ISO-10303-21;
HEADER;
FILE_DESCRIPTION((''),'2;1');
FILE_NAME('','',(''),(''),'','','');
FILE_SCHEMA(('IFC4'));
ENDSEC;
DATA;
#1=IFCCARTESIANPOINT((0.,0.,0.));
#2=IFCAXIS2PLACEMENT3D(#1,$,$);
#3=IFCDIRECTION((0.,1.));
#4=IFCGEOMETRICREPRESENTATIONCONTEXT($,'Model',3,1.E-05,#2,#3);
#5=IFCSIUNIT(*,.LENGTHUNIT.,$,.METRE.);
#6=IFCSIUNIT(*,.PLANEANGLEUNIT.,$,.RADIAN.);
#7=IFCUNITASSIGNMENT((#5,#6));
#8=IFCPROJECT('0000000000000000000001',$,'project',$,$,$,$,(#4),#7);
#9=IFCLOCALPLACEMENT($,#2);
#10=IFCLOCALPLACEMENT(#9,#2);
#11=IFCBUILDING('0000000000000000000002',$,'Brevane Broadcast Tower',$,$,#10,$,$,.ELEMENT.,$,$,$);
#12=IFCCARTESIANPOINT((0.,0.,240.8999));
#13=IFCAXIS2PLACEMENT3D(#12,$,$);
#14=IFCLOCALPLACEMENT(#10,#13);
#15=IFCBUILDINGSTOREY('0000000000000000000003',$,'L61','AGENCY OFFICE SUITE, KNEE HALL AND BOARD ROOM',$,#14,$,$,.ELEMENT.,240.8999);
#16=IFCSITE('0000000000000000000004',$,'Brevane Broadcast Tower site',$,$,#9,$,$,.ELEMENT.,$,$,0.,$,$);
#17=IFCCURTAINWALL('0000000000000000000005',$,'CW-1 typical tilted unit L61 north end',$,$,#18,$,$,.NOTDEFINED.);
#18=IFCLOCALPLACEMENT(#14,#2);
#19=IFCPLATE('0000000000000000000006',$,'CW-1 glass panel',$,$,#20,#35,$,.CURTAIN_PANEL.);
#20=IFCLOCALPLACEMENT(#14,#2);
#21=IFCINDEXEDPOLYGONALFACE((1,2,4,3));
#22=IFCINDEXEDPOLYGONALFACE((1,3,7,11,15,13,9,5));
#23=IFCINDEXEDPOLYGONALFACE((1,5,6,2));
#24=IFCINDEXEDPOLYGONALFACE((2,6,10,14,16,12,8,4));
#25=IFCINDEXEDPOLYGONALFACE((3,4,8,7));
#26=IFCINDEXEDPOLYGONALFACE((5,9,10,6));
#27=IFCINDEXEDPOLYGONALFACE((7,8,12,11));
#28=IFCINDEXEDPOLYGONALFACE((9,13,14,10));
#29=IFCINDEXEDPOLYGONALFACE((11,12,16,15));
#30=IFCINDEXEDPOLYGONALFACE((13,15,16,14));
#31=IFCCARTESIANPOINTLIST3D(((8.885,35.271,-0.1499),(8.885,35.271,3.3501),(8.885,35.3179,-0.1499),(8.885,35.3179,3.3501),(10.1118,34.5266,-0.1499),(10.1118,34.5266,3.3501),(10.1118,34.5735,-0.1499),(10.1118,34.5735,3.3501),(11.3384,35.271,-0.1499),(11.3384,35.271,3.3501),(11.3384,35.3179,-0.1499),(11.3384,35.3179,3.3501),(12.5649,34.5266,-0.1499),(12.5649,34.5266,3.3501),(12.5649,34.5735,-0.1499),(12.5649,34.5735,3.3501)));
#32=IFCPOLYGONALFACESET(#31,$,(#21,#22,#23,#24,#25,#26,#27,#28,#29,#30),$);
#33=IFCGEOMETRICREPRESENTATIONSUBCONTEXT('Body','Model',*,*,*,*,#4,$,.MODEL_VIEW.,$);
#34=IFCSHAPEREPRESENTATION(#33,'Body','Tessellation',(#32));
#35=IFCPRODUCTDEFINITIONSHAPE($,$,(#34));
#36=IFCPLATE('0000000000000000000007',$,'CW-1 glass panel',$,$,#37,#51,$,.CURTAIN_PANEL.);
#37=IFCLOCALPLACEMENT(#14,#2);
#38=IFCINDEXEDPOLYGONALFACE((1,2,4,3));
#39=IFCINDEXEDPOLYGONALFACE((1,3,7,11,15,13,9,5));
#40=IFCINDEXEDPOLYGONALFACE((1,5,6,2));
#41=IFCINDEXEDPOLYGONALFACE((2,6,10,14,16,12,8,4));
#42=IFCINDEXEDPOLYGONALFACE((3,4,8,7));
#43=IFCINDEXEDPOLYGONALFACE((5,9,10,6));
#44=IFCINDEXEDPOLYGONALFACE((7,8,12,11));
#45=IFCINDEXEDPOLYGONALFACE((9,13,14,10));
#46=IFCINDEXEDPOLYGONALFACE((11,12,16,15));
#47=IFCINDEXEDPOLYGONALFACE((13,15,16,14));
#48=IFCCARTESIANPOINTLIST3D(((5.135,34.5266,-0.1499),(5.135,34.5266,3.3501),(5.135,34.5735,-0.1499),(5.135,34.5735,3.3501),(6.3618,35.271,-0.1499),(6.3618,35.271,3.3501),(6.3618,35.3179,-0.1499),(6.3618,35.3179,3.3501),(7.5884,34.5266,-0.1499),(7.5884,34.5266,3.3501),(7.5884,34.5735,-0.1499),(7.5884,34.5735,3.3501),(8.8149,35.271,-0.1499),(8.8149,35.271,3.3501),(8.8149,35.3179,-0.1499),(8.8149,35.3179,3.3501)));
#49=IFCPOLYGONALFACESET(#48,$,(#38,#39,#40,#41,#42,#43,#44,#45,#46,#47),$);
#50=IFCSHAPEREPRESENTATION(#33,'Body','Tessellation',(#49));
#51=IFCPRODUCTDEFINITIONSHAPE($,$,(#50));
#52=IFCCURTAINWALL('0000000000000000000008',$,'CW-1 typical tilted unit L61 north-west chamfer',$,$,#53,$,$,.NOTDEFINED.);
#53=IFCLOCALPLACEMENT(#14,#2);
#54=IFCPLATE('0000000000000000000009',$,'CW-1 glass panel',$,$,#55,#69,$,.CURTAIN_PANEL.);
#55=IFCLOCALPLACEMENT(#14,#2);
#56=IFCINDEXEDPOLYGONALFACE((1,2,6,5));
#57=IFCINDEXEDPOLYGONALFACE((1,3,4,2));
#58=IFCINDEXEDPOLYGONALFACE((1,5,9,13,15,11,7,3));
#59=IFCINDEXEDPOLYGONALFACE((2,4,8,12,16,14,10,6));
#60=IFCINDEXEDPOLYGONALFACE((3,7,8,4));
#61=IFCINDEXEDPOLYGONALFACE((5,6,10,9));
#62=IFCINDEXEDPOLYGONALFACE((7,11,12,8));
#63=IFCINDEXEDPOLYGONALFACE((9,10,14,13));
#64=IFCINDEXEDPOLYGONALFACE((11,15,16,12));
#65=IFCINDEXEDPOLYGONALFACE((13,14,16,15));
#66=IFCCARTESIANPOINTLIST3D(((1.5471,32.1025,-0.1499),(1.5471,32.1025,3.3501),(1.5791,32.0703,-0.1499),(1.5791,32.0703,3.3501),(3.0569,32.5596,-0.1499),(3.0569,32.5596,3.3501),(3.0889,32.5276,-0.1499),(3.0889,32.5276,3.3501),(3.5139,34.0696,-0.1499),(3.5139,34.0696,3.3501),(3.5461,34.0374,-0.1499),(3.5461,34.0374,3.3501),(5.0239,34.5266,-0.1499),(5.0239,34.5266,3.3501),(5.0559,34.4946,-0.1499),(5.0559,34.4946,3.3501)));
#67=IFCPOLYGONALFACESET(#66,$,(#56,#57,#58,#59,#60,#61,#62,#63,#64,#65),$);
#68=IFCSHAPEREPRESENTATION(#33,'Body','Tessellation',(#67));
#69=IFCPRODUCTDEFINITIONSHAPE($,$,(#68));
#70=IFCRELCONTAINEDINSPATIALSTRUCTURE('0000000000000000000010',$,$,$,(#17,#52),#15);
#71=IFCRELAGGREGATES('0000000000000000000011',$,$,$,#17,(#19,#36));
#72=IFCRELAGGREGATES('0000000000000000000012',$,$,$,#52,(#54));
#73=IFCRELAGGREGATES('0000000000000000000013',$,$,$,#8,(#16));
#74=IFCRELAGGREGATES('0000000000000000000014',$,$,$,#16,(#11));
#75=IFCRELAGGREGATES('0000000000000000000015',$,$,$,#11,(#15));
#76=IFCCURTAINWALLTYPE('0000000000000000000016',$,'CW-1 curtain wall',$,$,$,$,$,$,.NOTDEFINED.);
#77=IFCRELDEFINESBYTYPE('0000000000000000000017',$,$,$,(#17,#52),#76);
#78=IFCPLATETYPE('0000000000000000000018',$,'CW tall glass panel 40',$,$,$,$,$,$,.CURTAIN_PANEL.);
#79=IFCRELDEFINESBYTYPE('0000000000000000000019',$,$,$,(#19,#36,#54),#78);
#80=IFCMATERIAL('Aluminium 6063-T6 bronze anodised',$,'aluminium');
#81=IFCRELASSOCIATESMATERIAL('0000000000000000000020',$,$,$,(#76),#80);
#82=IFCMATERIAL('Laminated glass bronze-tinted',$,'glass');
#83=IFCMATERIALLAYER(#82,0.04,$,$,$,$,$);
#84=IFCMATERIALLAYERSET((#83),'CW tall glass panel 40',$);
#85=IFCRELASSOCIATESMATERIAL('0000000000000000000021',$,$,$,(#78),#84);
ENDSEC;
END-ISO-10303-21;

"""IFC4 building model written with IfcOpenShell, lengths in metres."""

from ifc_helpers import new_model, si_unit, direction, frame, origin, place, context, subcontext, project, spatial, polyline, outline, extrude, material, layer, layer_set, type_object, element, aggregate, save


model = new_model("IFC4")

# Units and contexts
model_context = context("Model", 3, precision=1e-05, world=origin(), true_north=direction((0.0, 1.0)))
body_context = subcontext(model_context, "Body", "Model", "MODEL_VIEW")
ifc_project = project(units=[si_unit("LENGTHUNIT", "METRE"), si_unit("PLANEANGLEUNIT", "RADIAN")], contexts=[model_context])

# Site, building, storey
site_placement = place(None, origin())
site = spatial("IfcSite", under=ifc_project, at=site_placement, Name="Brevane Broadcast Tower site", CompositionType="ELEMENT", RefElevation=0.0)
building_placement = place(site_placement, origin())
building = spatial("IfcBuilding", under=site, at=building_placement, Name="Brevane Broadcast Tower", CompositionType="ELEMENT")
storey_placement = place(building_placement, frame((0.0, 0.0, 240.8999)))
storey = spatial("IfcBuildingStorey", under=building, at=storey_placement, Name="L61", Description="AGENCY OFFICE SUITE, KNEE HALL AND BOARD ROOM", CompositionType="ELEMENT", Elevation=240.8999)

# Curtain wall, plates
ifc_material_1 = material(Name="Aluminium 6063-T6 bronze anodised", Category="aluminium")
curtain_wall_type = type_object("IfcCurtainWallType", Name="CW-1 curtain wall", PredefinedType="NOTDEFINED", material=ifc_material_1)
ifc_material_2 = material(Name="Laminated glass bronze-tinted", Category="glass")
ifc_layer = layer(ifc_material_2, 0.04)
ifc_layer_set = layer_set([ifc_layer], Name="CW tall glass panel 40")
plate_type = type_object("IfcPlateType", Name="CW tall glass panel 40", PredefinedType="CURTAIN_PANEL", material=ifc_layer_set)
curtain_wall_1_placement = place(storey_placement, origin())
curtain_wall_1 = element("IfcCurtainWall", 1, at=curtain_wall_1_placement, inside=storey, type_object=curtain_wall_type, Name="CW-1 typical tilted unit L61 north end", PredefinedType="NOTDEFINED")
plate_1_placement = place(storey_placement, frame((0.0, 0.0, -0.1499)))
plate_1 = element("IfcPlate", 2, at=plate_1_placement, type_object=plate_type, Name="CW-1 glass panel", PredefinedType="CURTAIN_PANEL", context=body_context, shape_type="SweptSolid", body=[
    extrude(outline(polyline([(12.5649, 34.5266), (12.5649, 34.5735), (11.3384, 35.3179), (10.1118, 34.5735), (8.885, 35.3179), (8.885, 35.271), (10.1118, 34.5266), (11.3384, 35.271), (12.5649, 34.5266)])), origin(), (0.0, 0.0, 1.0), 3.5),
])
plate_2_placement = place(storey_placement, frame((0.0, 0.0, -0.1499)))
plate_2 = element("IfcPlate", 3, at=plate_2_placement, type_object=plate_type, Name="CW-1 glass panel", PredefinedType="CURTAIN_PANEL", context=body_context, shape_type="SweptSolid", body=[
    extrude(outline(polyline([(8.8149, 35.271), (8.8149, 35.3179), (7.5884, 34.5735), (6.3618, 35.3179), (5.135, 34.5735), (5.135, 34.5266), (6.3618, 35.271), (7.5884, 34.5266), (8.8149, 35.271)])), origin(), (0.0, 0.0, 1.0), 3.5),
])
aggregate(curtain_wall_1, [plate_1, plate_2])

# Curtain wall, plate
curtain_wall_2_placement = place(storey_placement, origin())
curtain_wall_2 = element("IfcCurtainWall", 4, at=curtain_wall_2_placement, inside=storey, type_object=curtain_wall_type, Name="CW-1 typical tilted unit L61 north-west chamfer", PredefinedType="NOTDEFINED")
plate_3_placement = place(storey_placement, frame((0.0, 0.0, -0.1499)))
plate_3 = element("IfcPlate", 5, at=plate_3_placement, type_object=plate_type, Name="CW-1 glass panel", PredefinedType="CURTAIN_PANEL", context=body_context, shape_type="SweptSolid", body=[
    extrude(outline(polyline([(5.0559, 34.4946), (5.0239, 34.5266), (3.5139, 34.0696), (3.0569, 32.5596), (1.5471, 32.1025), (1.5791, 32.0703), (3.0889, 32.5276), (3.5461, 34.0374), (5.0559, 34.4946)])), origin(), (0.0, 0.0, 1.0), 3.5),
])
aggregate(curtain_wall_2, [plate_3])

save(model, "model.ifc")
